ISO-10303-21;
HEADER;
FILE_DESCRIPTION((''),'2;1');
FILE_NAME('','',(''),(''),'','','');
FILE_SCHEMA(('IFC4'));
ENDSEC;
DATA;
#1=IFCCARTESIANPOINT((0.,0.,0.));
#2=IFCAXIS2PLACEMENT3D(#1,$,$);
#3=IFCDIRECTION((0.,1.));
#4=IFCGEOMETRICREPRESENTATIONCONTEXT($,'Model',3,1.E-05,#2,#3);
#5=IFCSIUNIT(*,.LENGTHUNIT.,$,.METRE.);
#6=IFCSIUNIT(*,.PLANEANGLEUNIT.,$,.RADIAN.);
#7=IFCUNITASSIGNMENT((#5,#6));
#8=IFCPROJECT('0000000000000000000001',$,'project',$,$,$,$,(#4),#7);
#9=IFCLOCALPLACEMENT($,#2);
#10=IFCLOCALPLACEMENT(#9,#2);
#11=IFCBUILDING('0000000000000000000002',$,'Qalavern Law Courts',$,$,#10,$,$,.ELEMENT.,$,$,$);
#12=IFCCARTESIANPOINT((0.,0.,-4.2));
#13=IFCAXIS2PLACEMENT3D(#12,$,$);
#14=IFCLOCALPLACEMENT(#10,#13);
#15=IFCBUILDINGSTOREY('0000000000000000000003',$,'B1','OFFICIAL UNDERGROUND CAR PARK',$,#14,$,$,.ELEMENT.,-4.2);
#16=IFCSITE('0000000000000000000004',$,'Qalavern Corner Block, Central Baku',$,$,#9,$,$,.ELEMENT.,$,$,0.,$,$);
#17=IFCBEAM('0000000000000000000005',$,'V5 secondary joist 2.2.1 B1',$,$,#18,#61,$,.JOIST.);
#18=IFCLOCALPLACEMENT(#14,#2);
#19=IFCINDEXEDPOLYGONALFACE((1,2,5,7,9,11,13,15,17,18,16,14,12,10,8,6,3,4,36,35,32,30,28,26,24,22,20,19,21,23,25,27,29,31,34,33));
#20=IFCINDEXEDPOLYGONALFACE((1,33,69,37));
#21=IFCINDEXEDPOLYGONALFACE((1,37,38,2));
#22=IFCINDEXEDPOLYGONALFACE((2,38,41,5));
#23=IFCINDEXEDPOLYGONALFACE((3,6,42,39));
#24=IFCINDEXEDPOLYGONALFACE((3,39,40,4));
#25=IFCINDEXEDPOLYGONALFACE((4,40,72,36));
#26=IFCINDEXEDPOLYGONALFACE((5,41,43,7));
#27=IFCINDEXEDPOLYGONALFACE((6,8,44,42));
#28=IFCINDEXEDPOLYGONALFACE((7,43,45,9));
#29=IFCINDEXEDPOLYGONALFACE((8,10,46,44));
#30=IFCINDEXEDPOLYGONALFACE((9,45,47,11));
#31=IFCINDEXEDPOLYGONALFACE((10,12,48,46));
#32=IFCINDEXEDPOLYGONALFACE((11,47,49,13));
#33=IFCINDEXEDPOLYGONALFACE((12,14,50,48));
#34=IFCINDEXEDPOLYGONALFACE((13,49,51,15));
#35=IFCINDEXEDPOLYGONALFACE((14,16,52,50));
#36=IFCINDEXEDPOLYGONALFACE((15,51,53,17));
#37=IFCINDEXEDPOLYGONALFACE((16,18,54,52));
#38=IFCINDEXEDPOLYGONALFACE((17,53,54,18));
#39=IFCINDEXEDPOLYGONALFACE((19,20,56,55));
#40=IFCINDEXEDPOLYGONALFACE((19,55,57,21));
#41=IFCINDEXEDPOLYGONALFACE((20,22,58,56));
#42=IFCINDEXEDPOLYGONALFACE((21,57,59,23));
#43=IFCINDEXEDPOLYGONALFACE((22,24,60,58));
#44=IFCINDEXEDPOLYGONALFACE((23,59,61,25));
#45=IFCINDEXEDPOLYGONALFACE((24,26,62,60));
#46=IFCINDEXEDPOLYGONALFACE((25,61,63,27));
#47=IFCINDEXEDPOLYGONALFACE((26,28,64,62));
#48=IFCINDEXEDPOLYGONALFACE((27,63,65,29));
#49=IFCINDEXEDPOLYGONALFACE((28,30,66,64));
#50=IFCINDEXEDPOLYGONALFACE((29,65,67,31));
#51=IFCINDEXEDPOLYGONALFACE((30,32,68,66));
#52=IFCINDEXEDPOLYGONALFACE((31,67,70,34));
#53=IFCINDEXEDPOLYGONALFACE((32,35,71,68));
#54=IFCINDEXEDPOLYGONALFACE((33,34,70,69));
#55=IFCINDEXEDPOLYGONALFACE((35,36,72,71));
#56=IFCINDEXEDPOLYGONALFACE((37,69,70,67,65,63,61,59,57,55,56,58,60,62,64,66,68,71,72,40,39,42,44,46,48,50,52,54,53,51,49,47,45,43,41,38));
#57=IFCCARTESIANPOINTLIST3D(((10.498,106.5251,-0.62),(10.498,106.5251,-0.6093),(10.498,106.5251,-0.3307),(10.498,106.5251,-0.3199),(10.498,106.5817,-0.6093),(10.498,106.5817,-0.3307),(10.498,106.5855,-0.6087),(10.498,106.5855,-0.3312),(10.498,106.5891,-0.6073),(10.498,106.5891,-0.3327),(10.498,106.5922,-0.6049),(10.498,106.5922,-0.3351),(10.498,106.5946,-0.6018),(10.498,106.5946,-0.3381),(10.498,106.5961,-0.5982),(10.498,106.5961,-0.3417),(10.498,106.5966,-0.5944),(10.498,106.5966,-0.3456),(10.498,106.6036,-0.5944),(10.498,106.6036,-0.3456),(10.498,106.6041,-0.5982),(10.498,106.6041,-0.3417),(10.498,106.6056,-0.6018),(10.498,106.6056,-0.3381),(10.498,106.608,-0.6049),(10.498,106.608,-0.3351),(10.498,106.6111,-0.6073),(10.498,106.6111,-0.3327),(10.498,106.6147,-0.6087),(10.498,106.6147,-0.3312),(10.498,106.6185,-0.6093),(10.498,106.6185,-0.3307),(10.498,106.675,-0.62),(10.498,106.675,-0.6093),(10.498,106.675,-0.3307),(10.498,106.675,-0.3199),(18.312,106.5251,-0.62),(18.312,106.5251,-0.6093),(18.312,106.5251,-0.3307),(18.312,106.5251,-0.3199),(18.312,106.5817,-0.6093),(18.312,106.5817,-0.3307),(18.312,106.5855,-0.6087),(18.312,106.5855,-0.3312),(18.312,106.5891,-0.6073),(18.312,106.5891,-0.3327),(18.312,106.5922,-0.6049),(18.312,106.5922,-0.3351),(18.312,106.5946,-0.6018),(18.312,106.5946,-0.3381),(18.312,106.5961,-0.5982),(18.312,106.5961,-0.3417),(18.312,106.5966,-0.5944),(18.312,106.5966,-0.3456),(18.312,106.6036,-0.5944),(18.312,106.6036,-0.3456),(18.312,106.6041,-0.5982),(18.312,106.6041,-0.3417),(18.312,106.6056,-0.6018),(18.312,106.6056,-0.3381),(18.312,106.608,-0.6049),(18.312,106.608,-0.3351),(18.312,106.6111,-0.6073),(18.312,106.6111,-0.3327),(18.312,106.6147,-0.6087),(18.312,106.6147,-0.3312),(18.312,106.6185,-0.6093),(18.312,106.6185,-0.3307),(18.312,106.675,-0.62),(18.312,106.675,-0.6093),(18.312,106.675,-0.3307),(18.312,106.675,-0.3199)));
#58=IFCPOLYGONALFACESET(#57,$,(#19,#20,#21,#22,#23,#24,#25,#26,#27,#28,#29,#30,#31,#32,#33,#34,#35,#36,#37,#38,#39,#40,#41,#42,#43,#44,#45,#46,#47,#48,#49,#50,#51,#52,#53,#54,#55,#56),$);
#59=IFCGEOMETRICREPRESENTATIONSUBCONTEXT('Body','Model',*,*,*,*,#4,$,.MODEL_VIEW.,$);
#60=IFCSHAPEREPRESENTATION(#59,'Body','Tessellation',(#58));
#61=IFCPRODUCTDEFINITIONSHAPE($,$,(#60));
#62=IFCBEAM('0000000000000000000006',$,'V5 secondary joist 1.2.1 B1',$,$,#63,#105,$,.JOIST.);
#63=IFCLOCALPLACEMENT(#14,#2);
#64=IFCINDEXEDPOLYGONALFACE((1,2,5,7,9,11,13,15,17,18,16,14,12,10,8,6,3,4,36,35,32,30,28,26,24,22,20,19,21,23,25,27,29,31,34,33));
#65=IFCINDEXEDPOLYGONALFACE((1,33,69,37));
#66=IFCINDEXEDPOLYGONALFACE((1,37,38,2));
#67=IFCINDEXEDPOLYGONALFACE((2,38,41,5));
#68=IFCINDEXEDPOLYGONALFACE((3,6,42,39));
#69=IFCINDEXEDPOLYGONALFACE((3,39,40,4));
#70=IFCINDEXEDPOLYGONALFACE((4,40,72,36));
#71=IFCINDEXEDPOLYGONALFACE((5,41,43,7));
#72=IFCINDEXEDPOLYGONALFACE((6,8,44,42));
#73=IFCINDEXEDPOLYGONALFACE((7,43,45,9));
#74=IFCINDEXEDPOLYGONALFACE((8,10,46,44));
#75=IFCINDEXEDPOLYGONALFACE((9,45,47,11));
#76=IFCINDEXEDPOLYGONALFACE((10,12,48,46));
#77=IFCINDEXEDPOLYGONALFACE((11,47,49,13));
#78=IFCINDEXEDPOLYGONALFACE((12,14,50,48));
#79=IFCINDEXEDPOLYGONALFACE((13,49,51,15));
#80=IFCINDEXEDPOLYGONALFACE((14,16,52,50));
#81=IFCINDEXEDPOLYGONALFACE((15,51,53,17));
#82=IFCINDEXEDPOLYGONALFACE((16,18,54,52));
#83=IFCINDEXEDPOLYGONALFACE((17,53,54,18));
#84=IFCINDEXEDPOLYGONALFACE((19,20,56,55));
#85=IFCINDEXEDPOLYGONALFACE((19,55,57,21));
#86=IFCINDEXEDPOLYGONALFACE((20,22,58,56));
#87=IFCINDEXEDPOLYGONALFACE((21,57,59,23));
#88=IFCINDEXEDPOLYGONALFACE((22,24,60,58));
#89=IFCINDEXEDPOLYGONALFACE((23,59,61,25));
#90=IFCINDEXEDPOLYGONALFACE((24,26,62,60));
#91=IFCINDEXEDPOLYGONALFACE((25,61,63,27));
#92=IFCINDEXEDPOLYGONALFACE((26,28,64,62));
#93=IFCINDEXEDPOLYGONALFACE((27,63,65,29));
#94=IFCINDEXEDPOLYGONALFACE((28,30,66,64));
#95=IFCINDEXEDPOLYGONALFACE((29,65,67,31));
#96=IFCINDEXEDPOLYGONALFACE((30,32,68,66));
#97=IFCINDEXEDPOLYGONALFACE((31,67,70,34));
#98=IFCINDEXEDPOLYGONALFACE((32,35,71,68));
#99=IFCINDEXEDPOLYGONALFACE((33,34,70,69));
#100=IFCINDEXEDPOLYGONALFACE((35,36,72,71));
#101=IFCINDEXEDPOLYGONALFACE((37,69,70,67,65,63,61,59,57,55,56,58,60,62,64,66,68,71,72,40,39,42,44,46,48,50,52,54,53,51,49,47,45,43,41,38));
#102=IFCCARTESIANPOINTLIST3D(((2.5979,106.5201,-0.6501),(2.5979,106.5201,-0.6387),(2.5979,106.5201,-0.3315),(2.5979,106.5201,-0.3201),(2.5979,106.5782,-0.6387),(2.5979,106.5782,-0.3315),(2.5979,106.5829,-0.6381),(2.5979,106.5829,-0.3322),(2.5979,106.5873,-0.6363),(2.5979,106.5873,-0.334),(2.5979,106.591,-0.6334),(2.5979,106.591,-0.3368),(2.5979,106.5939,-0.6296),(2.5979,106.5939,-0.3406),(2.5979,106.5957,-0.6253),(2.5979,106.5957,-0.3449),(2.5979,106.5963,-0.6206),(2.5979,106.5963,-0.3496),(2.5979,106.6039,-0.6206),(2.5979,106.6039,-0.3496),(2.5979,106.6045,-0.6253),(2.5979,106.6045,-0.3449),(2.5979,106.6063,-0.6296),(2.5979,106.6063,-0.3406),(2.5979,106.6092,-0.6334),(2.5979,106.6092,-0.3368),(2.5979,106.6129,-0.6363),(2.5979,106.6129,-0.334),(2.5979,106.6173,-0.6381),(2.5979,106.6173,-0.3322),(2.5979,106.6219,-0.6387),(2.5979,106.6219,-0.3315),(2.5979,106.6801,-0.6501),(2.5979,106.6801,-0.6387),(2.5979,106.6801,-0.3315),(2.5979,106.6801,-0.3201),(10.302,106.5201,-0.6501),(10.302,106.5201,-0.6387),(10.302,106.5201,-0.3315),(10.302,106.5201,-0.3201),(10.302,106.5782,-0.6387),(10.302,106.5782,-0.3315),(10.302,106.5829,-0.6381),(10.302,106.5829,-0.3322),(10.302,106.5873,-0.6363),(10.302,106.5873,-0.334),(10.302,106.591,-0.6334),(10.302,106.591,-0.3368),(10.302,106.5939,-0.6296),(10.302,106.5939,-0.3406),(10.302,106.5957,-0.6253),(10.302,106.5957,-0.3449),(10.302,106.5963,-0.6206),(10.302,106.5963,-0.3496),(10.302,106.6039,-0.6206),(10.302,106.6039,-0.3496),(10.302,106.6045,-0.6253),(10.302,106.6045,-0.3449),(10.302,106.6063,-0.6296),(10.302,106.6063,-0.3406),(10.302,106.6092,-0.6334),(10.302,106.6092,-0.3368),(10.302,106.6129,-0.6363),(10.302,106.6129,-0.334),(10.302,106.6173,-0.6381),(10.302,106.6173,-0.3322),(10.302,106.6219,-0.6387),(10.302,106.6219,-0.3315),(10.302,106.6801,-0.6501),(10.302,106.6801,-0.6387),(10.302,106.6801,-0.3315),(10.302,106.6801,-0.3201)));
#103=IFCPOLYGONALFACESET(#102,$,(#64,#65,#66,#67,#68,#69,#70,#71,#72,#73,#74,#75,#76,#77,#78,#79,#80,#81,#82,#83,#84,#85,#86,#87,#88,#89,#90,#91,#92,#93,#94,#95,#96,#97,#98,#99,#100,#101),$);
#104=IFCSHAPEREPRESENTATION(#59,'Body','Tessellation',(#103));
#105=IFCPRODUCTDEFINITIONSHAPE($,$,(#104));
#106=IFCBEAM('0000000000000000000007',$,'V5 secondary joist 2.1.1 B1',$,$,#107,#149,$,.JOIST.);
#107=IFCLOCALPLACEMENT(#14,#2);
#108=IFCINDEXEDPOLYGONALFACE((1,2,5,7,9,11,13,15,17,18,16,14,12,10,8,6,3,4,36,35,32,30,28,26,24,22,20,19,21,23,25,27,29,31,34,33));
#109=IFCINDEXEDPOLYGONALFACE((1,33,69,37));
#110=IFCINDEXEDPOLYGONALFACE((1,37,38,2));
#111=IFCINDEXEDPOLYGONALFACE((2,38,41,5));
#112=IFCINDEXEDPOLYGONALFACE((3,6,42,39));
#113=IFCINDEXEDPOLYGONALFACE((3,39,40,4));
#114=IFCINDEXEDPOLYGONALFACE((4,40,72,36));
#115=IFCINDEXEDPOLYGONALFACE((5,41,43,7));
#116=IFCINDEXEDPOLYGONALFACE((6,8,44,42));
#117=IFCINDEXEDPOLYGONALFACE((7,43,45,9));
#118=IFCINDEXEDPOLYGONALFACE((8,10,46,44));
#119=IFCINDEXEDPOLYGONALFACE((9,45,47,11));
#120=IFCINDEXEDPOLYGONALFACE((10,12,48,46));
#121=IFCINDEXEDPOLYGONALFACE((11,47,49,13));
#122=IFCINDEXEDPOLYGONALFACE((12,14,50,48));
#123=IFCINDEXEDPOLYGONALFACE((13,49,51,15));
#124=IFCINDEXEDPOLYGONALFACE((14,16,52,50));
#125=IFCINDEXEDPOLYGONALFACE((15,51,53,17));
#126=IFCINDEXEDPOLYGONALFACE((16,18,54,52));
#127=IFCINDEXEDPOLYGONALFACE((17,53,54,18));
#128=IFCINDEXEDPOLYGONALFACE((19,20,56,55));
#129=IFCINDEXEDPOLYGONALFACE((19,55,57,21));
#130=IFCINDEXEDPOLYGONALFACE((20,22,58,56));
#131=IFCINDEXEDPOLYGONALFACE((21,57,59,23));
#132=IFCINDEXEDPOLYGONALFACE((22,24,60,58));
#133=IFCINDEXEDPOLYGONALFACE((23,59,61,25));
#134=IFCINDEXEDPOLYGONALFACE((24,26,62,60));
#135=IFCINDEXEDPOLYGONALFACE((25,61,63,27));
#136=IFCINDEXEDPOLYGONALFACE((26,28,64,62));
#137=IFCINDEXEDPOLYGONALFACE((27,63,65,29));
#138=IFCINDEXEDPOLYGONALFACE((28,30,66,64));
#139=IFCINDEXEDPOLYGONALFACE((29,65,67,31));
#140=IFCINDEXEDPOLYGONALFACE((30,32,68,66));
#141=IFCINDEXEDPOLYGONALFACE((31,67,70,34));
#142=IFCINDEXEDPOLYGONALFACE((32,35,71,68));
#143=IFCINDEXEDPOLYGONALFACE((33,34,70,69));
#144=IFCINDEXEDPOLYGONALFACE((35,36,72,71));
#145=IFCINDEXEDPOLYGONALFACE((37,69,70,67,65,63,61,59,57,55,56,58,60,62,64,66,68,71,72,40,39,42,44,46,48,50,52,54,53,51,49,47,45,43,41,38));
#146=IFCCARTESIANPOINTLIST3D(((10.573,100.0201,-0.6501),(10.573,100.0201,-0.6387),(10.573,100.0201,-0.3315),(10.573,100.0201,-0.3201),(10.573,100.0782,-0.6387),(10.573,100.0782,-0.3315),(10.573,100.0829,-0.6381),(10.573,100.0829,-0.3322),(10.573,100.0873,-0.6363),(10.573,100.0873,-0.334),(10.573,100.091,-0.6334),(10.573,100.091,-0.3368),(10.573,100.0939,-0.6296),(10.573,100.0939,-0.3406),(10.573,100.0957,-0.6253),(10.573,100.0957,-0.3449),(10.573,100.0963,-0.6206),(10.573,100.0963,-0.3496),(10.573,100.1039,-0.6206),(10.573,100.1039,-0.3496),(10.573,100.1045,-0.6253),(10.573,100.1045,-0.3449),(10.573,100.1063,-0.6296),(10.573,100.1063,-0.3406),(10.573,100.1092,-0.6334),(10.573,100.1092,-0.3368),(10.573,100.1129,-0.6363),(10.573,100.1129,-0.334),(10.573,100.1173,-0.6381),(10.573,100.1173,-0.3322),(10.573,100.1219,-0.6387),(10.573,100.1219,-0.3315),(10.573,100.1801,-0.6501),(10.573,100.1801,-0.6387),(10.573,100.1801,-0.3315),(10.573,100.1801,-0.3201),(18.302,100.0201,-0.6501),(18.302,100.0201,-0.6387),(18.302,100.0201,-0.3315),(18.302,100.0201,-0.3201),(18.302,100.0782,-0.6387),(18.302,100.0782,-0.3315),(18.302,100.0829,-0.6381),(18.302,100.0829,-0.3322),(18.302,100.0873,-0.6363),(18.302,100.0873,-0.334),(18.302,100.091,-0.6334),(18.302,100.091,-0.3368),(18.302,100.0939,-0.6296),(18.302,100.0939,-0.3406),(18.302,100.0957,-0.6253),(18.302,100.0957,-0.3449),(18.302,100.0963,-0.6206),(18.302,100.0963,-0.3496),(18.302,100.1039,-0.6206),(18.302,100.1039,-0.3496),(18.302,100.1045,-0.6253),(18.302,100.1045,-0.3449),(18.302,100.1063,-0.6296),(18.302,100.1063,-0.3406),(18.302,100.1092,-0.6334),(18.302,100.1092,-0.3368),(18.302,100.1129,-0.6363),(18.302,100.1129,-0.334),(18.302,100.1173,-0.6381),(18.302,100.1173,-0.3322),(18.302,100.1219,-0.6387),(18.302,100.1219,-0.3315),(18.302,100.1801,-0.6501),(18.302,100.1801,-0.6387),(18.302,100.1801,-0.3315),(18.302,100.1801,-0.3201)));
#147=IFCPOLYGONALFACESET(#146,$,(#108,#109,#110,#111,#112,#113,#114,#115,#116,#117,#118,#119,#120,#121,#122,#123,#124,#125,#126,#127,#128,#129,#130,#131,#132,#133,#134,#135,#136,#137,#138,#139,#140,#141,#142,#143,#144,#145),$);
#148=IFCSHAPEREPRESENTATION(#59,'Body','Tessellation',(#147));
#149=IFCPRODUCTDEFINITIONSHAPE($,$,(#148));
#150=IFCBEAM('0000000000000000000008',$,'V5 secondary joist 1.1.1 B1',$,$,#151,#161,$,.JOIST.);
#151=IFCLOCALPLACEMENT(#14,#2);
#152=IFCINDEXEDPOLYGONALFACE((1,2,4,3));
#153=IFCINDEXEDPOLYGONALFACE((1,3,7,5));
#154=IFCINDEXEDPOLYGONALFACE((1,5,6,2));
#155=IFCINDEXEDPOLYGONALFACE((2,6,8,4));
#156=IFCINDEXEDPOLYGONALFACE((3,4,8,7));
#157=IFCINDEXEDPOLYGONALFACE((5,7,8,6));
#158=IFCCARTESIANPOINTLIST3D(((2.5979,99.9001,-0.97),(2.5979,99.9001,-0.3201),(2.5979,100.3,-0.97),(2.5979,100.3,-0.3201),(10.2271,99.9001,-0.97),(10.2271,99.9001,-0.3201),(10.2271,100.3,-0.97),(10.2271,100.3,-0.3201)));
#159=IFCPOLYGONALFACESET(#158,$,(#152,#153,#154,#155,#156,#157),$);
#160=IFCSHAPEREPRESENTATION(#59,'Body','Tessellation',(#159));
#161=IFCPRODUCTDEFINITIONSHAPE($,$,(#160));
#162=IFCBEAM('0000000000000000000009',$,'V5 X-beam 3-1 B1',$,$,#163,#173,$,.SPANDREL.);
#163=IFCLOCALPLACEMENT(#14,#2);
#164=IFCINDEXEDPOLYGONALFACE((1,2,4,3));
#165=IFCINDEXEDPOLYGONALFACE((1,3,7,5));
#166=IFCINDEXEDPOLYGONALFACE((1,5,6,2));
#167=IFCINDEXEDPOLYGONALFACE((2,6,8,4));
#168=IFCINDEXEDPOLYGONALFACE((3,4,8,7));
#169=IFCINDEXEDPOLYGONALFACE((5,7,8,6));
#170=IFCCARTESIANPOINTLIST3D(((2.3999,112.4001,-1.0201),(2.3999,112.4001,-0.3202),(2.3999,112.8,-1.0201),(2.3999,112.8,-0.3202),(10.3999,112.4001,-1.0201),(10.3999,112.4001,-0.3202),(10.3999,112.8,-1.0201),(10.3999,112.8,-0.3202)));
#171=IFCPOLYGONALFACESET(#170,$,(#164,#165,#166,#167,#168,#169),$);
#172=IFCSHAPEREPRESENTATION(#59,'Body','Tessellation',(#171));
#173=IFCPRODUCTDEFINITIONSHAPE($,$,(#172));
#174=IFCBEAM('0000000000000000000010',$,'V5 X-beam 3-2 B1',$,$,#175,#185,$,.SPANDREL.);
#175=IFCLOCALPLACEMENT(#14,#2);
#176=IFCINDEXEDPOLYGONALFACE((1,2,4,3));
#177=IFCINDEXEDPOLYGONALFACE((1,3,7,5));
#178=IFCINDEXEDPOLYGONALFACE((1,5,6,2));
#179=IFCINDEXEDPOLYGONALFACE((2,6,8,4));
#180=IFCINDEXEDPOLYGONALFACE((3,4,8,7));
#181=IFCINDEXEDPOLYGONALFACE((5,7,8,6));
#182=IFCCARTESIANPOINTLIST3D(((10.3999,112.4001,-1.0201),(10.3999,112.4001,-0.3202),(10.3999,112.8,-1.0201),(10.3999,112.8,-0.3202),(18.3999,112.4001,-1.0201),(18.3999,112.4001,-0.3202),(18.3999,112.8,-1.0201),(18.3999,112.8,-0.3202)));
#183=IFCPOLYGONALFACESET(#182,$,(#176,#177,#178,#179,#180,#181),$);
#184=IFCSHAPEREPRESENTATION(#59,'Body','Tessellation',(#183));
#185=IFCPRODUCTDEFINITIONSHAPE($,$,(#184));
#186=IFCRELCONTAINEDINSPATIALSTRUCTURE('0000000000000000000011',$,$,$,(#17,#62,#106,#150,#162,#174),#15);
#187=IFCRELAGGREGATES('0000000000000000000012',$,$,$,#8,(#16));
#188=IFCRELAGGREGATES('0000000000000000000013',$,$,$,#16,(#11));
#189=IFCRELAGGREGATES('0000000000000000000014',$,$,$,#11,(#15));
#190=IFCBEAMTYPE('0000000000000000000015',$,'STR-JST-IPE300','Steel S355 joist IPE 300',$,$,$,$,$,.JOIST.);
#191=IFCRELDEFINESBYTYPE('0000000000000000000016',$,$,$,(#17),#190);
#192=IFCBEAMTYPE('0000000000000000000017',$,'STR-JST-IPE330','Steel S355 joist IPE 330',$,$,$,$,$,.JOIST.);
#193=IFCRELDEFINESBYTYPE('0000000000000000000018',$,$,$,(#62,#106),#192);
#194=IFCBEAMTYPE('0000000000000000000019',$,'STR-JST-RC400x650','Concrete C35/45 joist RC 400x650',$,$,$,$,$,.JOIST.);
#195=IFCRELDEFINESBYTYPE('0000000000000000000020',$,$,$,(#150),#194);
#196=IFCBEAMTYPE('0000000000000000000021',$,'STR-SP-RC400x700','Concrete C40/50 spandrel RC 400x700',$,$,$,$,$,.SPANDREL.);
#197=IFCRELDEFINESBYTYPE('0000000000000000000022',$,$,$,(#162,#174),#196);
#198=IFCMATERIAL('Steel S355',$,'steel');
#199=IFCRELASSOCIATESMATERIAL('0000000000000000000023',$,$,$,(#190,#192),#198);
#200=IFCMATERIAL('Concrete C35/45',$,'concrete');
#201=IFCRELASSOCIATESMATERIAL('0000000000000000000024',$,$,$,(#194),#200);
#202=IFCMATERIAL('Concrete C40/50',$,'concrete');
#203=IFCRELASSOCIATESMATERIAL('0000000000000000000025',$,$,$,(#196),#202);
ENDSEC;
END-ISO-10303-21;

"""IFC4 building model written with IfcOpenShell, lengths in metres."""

from ifc_helpers import new_model, si_unit, direction, frame, origin, origin_2d, place, context, subcontext, project, spatial, rectangle, i_section, extrude, material, material_profile, profile_set, type_object, element, save


model = new_model("IFC4")

# Units and contexts
model_context = context("Model", 3, precision=1e-05, world=origin(), true_north=direction((0.0, 1.0)))
body_context = subcontext(model_context, "Body", "Model", "MODEL_VIEW")
ifc_project = project(units=[si_unit("LENGTHUNIT", "METRE"), si_unit("PLANEANGLEUNIT", "RADIAN")], contexts=[model_context])

# Site, building, storey
site_placement = place(None, origin())
site = spatial("IfcSite", under=ifc_project, at=site_placement, Name="Qalavern Corner Block, Central Baku", CompositionType="ELEMENT", RefElevation=0.0)
building_placement = place(site_placement, origin())
building = spatial("IfcBuilding", under=site, at=building_placement, Name="Qalavern Law Courts", CompositionType="ELEMENT")
storey_placement = place(building_placement, frame((0.0, 0.0, -4.2)))
storey = spatial("IfcBuildingStorey", under=building, at=storey_placement, Name="B1", Description="OFFICIAL UNDERGROUND CAR PARK", CompositionType="ELEMENT", Elevation=-4.2)

# Beams
ifc_material_1 = material(Name="Steel S355", Category="steel")
ifc_material_2 = material(Name="Concrete C35/45", Category="concrete")
ifc_material_profile_1 = material_profile(ifc_material_1, i_section(OverallWidth=0.1499, OverallDepth=0.3, WebThickness=0.0071, FlangeThickness=0.0107, FilletRadius=0.0149, at=origin_2d()), Name="IPE 300")
ifc_profile_set_1 = profile_set([ifc_material_profile_1], Name="Steel S355")
beam_type_1 = type_object("IfcBeamType", Name="STR-JST-IPE300", Description="Steel S355 joist IPE 300", PredefinedType="JOIST", material=ifc_profile_set_1)
beam_1_placement = place(storey_placement, frame((10.498, 106.6001, -0.47), z_axis=(1.0, 0.0, 0.0), x_axis=(0.0, 1.0, 0.0)))
element("IfcBeam", 1, at=beam_1_placement, inside=storey, type_object=beam_type_1, Name="V5 secondary joist 2.2.1 B1", PredefinedType="JOIST", context=body_context, shape_type="SweptSolid", body=[
    extrude(i_section(OverallWidth=0.1499, OverallDepth=0.3, WebThickness=0.0071, FlangeThickness=0.0107, FilletRadius=0.0149, at=origin_2d()), origin(), (0.0, 0.0, 1.0), 7.814),
])
ifc_material_profile_2 = material_profile(ifc_material_1, i_section(OverallWidth=0.1599, OverallDepth=0.3301, WebThickness=0.0076, FlangeThickness=0.0115, FilletRadius=0.0181, at=origin_2d()), Name="IPE 330")
ifc_profile_set_2 = profile_set([ifc_material_profile_2], Name="Steel S355")
beam_type_2 = type_object("IfcBeamType", Name="STR-JST-IPE330", Description="Steel S355 joist IPE 330", PredefinedType="JOIST", material=ifc_profile_set_2)
beam_2_placement = place(storey_placement, frame((2.5979, 106.6001, -0.4851), z_axis=(1.0, 0.0, 0.0), x_axis=(0.0, 1.0, 0.0)))
element("IfcBeam", 2, at=beam_2_placement, inside=storey, type_object=beam_type_2, Name="V5 secondary joist 1.2.1 B1", PredefinedType="JOIST", context=body_context, shape_type="SweptSolid", body=[
    extrude(i_section(OverallWidth=0.1599, OverallDepth=0.3301, WebThickness=0.0076, FlangeThickness=0.0115, FilletRadius=0.0181, at=origin_2d()), origin(), (0.0, 0.0, 1.0), 7.7041),
])
beam_3_placement = place(storey_placement, frame((10.573, 100.1001, -0.4851), z_axis=(1.0, 0.0, 0.0), x_axis=(0.0, 1.0, 0.0)))
element("IfcBeam", 3, at=beam_3_placement, inside=storey, type_object=beam_type_2, Name="V5 secondary joist 2.1.1 B1", PredefinedType="JOIST", context=body_context, shape_type="SweptSolid", body=[
    extrude(i_section(OverallWidth=0.1599, OverallDepth=0.3301, WebThickness=0.0076, FlangeThickness=0.0115, FilletRadius=0.0181, at=origin_2d()), origin(), (0.0, 0.0, 1.0), 7.729),
])
ifc_material_profile_3 = material_profile(ifc_material_2, rectangle(XDim=0.3999, YDim=0.6499, at=origin_2d()), Name="RC 400x650")
ifc_profile_set_3 = profile_set([ifc_material_profile_3], Name="Concrete C35/45")
beam_type_3 = type_object("IfcBeamType", Name="STR-JST-RC400x650", Description="Concrete C35/45 joist RC 400x650", PredefinedType="JOIST", material=ifc_profile_set_3)
beam_4_placement = place(storey_placement, frame((2.5979, 100.1001, -0.645), z_axis=(1.0, 0.0, 0.0), x_axis=(0.0, 1.0, 0.0)))
element("IfcBeam", 4, at=beam_4_placement, inside=storey, type_object=beam_type_3, Name="V5 secondary joist 1.1.1 B1", PredefinedType="JOIST", context=body_context, shape_type="SweptSolid", body=[
    extrude(rectangle(XDim=0.3999, YDim=0.6499, at=origin_2d()), origin(), (0.0, 0.0, 1.0), 7.6292),
])
ifc_material_3 = material(Name="Concrete C40/50", Category="concrete")
ifc_material_profile_4 = material_profile(ifc_material_3, rectangle(XDim=0.3999, YDim=0.7, at=origin_2d()), Name="RC 400x700")
ifc_profile_set_4 = profile_set([ifc_material_profile_4], Name="Concrete C40/50")
beam_type_4 = type_object("IfcBeamType", Name="STR-SP-RC400x700", Description="Concrete C40/50 spandrel RC 400x700", PredefinedType="SPANDREL", material=ifc_profile_set_4)
for number, where, z_axis, x_axis, name in (
    (5, (2.3999, 112.6001, -0.6702), (1.0, 0.0, 0.0), (0.0, 1.0, 0.0), "V5 X-beam 3-1 B1"),
    (6, (10.3999, 112.6001, -0.6702), (1.0, 0.0, 0.0), (0.0, 1.0, 0.0), "V5 X-beam 3-2 B1"),
):
    element("IfcBeam", number, at=place(storey_placement, frame(where, z_axis=z_axis, x_axis=x_axis)), inside=storey, type_object=beam_type_4, Name=name, PredefinedType="SPANDREL", context=body_context, shape_type="SweptSolid", body=[
        extrude(rectangle(XDim=0.3999, YDim=0.7, at=origin_2d()), origin(), (0.0, 0.0, 1.0), 8.0),
    ])

save(model, "model.ifc")
